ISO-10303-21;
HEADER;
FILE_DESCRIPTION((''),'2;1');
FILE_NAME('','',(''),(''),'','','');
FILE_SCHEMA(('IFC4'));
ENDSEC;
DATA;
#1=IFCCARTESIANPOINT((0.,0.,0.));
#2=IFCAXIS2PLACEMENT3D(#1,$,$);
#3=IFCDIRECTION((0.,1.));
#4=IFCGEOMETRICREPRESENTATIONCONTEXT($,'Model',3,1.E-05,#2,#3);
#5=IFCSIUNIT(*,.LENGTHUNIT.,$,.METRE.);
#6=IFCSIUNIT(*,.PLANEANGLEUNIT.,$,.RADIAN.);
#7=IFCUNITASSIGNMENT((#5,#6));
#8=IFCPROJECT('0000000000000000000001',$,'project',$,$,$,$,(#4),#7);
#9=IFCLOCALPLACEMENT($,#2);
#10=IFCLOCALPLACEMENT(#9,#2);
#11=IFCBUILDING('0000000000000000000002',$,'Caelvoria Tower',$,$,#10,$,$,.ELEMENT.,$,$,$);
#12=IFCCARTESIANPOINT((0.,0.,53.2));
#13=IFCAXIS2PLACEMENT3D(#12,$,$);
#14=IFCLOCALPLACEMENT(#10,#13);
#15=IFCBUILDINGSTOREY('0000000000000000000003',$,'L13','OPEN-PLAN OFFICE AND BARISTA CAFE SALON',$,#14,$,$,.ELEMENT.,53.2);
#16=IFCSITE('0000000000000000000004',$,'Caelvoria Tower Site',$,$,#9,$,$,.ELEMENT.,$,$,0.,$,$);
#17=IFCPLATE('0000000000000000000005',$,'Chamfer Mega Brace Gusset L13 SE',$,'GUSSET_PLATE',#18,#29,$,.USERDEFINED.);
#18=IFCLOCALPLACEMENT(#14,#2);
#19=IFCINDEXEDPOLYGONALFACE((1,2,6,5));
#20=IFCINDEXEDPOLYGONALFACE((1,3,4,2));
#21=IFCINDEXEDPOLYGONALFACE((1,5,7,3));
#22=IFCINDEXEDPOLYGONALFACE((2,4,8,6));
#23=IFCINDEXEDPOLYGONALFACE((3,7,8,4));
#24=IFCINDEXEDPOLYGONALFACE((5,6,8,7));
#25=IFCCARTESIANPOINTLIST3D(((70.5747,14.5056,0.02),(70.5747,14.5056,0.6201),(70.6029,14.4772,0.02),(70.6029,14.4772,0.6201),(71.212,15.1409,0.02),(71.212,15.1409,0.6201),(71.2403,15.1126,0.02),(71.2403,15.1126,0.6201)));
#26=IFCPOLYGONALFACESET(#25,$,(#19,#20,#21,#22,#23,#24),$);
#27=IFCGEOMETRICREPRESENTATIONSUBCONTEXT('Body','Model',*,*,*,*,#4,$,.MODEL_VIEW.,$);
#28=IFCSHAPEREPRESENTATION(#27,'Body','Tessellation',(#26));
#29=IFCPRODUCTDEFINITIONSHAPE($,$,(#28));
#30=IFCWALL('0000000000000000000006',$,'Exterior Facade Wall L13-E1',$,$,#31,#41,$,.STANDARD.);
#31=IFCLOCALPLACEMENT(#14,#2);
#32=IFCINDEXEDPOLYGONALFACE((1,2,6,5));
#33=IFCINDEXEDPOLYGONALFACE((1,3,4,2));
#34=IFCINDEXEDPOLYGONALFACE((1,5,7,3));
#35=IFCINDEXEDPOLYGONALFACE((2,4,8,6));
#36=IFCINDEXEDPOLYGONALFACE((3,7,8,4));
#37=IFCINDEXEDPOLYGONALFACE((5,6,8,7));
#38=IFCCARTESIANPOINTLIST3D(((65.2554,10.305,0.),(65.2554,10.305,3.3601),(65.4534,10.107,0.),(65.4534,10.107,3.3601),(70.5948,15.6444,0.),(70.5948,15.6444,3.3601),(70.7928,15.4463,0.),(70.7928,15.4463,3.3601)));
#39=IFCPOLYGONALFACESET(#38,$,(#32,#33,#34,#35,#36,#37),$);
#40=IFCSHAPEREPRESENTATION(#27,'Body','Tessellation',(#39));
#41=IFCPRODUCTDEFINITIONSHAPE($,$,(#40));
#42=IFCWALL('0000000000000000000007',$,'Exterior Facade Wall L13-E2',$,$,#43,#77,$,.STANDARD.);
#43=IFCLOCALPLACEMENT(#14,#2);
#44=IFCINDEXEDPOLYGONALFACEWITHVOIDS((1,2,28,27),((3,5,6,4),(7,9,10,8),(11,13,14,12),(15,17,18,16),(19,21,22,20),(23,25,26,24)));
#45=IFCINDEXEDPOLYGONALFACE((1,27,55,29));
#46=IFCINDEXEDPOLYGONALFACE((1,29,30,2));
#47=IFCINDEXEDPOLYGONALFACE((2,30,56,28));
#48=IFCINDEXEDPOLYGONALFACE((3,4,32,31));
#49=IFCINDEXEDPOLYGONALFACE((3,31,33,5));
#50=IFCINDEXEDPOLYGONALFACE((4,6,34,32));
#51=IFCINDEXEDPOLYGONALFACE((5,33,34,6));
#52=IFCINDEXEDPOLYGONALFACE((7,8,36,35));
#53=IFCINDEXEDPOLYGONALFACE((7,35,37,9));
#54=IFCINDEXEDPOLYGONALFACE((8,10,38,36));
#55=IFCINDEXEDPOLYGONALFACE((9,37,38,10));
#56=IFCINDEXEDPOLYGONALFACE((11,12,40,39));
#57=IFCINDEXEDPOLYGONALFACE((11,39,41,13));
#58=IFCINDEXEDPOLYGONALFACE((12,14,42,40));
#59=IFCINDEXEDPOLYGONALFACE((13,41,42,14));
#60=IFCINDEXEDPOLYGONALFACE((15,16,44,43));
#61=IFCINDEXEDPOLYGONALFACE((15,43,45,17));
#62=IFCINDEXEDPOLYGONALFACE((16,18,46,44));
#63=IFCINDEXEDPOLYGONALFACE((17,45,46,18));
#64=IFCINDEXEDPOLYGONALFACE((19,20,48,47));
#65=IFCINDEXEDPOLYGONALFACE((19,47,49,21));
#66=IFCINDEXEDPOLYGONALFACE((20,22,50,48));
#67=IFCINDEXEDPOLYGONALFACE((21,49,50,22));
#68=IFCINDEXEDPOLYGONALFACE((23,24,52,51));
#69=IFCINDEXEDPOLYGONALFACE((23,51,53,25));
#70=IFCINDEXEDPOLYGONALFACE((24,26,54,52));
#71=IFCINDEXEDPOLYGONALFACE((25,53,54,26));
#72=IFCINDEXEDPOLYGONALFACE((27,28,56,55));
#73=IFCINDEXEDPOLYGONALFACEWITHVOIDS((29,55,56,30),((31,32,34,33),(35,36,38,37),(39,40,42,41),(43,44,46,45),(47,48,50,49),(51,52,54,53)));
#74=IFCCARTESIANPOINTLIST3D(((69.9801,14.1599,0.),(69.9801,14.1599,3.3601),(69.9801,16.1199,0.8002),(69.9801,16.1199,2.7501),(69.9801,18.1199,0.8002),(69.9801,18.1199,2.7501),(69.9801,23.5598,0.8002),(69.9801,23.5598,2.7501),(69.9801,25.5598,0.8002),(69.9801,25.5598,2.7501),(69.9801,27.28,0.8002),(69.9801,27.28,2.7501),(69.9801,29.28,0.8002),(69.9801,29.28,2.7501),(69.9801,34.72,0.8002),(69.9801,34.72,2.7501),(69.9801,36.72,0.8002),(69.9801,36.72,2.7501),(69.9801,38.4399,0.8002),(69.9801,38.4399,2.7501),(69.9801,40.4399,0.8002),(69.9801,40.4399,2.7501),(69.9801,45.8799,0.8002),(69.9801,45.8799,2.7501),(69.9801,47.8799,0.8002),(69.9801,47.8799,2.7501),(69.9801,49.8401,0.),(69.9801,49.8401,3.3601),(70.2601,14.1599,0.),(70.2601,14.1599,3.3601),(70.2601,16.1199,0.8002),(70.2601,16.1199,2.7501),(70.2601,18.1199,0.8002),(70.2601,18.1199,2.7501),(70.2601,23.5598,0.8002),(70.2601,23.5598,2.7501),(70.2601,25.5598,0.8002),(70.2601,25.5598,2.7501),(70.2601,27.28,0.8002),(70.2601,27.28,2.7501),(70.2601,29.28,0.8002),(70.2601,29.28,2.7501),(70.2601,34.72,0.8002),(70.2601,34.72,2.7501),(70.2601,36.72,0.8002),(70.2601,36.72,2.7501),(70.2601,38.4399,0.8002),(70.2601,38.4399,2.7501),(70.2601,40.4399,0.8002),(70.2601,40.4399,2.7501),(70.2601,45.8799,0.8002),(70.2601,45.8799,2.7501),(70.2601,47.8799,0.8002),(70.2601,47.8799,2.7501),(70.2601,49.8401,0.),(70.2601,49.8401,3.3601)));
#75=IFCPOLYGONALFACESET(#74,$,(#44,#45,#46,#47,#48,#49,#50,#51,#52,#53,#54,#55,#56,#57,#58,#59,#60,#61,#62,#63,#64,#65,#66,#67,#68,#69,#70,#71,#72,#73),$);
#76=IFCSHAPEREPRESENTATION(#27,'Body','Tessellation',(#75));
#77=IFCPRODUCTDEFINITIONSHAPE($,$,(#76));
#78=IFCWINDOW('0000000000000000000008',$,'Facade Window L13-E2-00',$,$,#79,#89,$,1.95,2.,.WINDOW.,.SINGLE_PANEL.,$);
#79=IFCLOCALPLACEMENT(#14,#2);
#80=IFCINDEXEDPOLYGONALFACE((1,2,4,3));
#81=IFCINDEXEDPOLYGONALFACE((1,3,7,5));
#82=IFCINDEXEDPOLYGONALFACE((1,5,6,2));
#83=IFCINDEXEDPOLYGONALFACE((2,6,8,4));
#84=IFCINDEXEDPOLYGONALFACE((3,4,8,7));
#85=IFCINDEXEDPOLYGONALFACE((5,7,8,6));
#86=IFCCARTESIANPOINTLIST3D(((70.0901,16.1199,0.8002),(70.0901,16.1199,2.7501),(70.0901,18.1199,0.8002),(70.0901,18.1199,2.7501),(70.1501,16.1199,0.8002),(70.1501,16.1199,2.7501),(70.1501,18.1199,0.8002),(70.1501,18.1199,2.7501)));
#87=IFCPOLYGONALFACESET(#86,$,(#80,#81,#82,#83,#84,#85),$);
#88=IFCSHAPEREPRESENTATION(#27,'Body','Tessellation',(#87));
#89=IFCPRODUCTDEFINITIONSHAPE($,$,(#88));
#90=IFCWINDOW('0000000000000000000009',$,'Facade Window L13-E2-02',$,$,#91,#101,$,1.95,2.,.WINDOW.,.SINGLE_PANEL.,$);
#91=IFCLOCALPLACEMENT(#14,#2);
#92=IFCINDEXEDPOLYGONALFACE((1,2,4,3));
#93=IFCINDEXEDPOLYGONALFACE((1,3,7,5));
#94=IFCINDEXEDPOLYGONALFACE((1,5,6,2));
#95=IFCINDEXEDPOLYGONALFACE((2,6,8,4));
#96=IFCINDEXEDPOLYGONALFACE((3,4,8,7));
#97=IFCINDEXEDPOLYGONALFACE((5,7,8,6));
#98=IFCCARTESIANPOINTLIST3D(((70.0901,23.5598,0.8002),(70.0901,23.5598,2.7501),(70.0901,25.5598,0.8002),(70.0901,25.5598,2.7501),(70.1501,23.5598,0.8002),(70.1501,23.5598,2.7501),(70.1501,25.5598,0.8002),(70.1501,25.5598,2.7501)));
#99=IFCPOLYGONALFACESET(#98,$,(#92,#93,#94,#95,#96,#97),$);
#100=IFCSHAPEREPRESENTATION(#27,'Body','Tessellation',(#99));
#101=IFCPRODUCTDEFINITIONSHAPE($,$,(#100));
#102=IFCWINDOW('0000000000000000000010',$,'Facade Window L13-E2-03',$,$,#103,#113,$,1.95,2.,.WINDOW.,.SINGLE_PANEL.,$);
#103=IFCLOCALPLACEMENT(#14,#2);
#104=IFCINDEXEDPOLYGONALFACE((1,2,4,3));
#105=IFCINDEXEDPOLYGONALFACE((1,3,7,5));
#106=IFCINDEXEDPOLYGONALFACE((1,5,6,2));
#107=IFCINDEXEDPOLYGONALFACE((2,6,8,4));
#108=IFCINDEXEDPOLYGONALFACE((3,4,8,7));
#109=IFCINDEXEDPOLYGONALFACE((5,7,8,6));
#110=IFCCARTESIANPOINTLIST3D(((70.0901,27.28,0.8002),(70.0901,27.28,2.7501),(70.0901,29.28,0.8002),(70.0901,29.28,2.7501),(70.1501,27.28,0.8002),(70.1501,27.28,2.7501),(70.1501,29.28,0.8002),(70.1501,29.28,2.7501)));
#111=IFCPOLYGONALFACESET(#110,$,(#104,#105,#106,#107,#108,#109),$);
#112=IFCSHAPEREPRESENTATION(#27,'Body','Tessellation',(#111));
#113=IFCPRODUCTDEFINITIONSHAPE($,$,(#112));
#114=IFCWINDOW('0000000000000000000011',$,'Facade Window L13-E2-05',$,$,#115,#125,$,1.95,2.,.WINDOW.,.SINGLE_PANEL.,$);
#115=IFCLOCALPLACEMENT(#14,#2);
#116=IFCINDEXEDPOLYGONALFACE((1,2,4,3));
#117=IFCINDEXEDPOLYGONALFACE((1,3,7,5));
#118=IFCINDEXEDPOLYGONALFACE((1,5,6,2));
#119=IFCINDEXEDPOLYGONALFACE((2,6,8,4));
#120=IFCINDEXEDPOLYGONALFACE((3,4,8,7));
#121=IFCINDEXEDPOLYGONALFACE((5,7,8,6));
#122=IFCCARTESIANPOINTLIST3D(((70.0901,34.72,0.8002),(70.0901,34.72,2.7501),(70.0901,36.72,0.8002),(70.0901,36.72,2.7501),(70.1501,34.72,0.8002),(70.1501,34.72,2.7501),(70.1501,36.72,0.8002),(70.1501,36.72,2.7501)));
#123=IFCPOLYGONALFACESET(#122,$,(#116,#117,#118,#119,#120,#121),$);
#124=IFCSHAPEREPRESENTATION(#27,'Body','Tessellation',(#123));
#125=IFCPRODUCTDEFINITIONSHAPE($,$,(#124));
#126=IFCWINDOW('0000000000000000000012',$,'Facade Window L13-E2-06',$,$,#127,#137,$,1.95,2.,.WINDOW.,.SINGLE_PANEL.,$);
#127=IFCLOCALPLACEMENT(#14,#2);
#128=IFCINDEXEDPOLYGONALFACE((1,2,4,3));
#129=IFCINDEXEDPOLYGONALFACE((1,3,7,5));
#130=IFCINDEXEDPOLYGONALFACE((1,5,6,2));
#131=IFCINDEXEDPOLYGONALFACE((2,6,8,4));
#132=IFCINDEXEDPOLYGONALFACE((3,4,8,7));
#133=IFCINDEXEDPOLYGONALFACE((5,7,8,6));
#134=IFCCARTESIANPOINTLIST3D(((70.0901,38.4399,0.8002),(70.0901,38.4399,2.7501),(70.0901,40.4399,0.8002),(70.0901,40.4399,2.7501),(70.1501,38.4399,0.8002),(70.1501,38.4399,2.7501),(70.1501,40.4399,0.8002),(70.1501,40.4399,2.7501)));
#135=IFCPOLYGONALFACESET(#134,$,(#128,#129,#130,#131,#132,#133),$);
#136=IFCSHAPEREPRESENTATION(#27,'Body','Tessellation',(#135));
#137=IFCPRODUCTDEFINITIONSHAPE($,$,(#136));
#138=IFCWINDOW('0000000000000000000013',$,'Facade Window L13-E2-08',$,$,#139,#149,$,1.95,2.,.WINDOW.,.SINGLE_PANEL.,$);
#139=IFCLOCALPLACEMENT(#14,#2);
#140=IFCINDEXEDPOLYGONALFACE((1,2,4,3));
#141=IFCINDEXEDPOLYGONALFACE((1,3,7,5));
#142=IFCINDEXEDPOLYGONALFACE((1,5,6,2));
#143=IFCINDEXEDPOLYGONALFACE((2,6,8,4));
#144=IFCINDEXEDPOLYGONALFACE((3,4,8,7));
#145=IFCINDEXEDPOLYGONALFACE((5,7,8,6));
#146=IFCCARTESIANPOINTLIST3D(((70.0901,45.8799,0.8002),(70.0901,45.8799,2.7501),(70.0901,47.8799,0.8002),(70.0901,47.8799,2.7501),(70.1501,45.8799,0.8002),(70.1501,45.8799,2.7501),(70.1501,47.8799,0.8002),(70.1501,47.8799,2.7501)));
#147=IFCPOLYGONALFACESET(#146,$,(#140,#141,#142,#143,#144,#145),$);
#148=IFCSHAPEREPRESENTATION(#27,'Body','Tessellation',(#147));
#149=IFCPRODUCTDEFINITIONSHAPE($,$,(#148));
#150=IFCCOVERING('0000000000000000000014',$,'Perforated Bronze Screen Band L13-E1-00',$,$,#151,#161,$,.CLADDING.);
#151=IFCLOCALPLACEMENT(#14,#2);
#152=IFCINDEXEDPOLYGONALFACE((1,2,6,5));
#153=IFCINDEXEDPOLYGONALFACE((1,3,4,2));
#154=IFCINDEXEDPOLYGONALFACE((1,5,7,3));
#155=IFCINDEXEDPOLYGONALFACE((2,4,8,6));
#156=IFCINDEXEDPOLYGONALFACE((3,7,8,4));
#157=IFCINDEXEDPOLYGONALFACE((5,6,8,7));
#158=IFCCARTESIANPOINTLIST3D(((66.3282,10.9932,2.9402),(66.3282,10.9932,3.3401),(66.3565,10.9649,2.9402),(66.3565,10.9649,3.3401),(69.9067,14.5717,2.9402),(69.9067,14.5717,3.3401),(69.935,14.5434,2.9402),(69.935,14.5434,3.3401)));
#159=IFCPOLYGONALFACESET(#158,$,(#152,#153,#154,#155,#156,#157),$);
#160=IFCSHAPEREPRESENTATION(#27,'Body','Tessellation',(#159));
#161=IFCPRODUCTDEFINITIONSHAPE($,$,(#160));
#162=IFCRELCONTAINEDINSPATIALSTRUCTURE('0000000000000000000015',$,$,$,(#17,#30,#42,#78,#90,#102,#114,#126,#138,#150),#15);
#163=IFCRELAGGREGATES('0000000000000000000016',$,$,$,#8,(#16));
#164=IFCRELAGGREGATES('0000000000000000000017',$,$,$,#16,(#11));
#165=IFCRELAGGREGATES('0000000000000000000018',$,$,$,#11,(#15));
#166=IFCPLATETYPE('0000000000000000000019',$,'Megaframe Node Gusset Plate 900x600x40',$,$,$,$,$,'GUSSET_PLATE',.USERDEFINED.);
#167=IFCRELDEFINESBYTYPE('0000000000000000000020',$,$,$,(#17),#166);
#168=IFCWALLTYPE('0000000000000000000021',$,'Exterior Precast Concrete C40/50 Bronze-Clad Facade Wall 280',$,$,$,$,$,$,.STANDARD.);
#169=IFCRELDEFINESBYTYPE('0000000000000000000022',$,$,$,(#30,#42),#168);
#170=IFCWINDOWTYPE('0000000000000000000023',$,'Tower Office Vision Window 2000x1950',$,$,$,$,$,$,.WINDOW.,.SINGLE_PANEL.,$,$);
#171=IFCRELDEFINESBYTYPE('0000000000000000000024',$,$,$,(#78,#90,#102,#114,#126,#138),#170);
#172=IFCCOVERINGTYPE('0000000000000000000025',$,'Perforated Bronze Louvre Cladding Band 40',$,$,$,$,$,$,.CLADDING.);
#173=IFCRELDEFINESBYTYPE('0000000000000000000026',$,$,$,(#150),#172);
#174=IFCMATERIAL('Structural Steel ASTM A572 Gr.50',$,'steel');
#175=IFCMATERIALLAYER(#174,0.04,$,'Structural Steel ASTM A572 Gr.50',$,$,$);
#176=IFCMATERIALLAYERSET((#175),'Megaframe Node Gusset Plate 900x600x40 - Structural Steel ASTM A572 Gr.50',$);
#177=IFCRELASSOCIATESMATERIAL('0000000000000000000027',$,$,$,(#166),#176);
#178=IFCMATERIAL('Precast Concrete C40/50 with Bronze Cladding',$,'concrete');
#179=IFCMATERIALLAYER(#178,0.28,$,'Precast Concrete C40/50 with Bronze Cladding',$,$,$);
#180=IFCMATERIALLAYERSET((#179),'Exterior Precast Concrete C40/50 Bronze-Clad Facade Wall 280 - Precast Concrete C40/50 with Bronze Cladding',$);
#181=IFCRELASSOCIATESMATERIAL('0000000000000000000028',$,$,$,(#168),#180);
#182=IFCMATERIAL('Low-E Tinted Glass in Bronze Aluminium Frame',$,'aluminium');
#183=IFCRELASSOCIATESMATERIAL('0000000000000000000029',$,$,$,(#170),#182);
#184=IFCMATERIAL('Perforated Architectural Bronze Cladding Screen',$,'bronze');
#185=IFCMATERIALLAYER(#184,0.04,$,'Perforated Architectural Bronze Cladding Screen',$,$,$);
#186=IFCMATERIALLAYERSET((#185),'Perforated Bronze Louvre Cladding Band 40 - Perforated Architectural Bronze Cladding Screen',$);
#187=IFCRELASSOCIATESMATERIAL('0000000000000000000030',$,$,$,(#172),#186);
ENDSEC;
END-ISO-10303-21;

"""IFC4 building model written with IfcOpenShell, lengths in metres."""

from ifc_helpers import new_model, si_unit, direction, frame, frame_2d, origin, origin_2d, place, context, subcontext, project, spatial, rectangle, extrude, material, layer, layer_set, type_object, element, fill, save


model = new_model("IFC4")

# Units and contexts
model_context = context("Model", 3, precision=1e-05, world=origin(), true_north=direction((0.0, 1.0)))
body_context = subcontext(model_context, "Body", "Model", "MODEL_VIEW")
ifc_project = project(units=[si_unit("LENGTHUNIT", "METRE"), si_unit("PLANEANGLEUNIT", "RADIAN")], contexts=[model_context])

# Site, building, storey
site_placement = place(None, origin())
site = spatial("IfcSite", under=ifc_project, at=site_placement, Name="Caelvoria Tower Site", CompositionType="ELEMENT", RefElevation=0.0)
building_placement = place(site_placement, origin())
building = spatial("IfcBuilding", under=site, at=building_placement, Name="Caelvoria Tower", CompositionType="ELEMENT")
storey_placement = place(building_placement, frame((0.0, 0.0, 53.2)))
storey = spatial("IfcBuildingStorey", under=building, at=storey_placement, Name="L13", Description="OPEN-PLAN OFFICE AND BARISTA CAFE SALON", CompositionType="ELEMENT", Elevation=53.2)

# Shared definitions
ifc_material_1 = material(Name="Structural Steel ASTM A572 Gr.50", Category="steel")

# Plate
ifc_layer_1 = layer(ifc_material_1, 0.04, Name="Structural Steel ASTM A572 Gr.50")
ifc_layer_set_1 = layer_set([ifc_layer_1], Name="Megaframe Node Gusset Plate 900x600x40 - Structural Steel ASTM A572 Gr.50")
plate_type = type_object("IfcPlateType", Name="Megaframe Node Gusset Plate 900x600x40", ElementType="GUSSET_PLATE", PredefinedType="USERDEFINED", material=ifc_layer_set_1)
plate_placement = place(storey_placement, frame((70.9075, 14.8091, 0.02), z_axis=(0.0, 0.0, 1.0), x_axis=(-0.70822, -0.705991, 0.0)))
element("IfcPlate", 1, at=plate_placement, inside=storey, type_object=plate_type, Name="Chamfer Mega Brace Gusset L13 SE", ObjectType="GUSSET_PLATE", PredefinedType="USERDEFINED", context=body_context, shape_type="SweptSolid", body=[
    extrude(rectangle(XDim=0.8999, YDim=0.04, at=origin_2d()), origin(), (0.0, 0.0, 1.0), 0.6001),
])

# Wall
ifc_material_2 = material(Name="Precast Concrete C40/50 with Bronze Cladding", Category="concrete")
ifc_layer_2 = layer(ifc_material_2, 0.28, Name="Precast Concrete C40/50 with Bronze Cladding")
ifc_layer_set_2 = layer_set([ifc_layer_2], Name="Exterior Precast Concrete C40/50 Bronze-Clad Facade Wall 280 - Precast Concrete C40/50 with Bronze Cladding")
wall_type = type_object("IfcWallType", Name="Exterior Precast Concrete C40/50 Bronze-Clad Facade Wall 280", PredefinedType="STANDARD", material=ifc_layer_set_2)
wall_1_placement = place(storey_placement, frame((65.3545, 10.2061, 0.0), z_axis=(0.0, 0.0, 1.0), x_axis=(0.707107, 0.707107, 0.0)))
element("IfcWall", 2, at=wall_1_placement, inside=storey, type_object=wall_type, Name="Exterior Facade Wall L13-E1", PredefinedType="STANDARD", context=body_context, shape_type="SweptSolid", body=[
    extrude(rectangle(XDim=7.551, YDim=0.28, at=frame_2d((3.7754, 0.0))), origin(), (0.0, 0.0, 1.0), 3.3601),
])

# Wall, openings, windows
wall_2_placement = place(storey_placement, frame((70.1201, 14.1599, 0.0), z_axis=(0.0, 0.0, 1.0), x_axis=(0.0, 1.0, 0.0)))
wall_2 = element("IfcWall", 3, at=wall_2_placement, inside=storey, type_object=wall_type, Name="Exterior Facade Wall L13-E2", PredefinedType="STANDARD", context=body_context, shape_type="SweptSolid", body=[
    extrude(rectangle(XDim=35.6802, YDim=0.28, at=frame_2d((17.8401, 0.0))), origin(), (0.0, 0.0, 1.0), 3.3601),
])
opening_1_placement = place(wall_2_placement, frame((1.96, 0.0, 0.8)))
opening_1 = element("IfcOpeningElement", 4, at=opening_1_placement, cuts=wall_2, PredefinedType="OPENING", context=body_context, shape_type="SweptSolid", body=[
    extrude(rectangle(XDim=2.0, YDim=1.95, at=frame_2d((1.0, 0.9751))), frame((0.0, 0.1499, 0.0), z_axis=(0.0, -1.0, 0.0), x_axis=(1.0, 0.0, 0.0)), (0.0, 0.0, 1.0), 0.3),
])
opening_2_placement = place(wall_2_placement, frame((9.3999, 0.0, 0.8)))
opening_2 = element("IfcOpeningElement", 5, at=opening_2_placement, cuts=wall_2, PredefinedType="OPENING", context=body_context, shape_type="SweptSolid", body=[
    extrude(rectangle(XDim=2.0, YDim=1.95, at=frame_2d((1.0, 0.9751))), frame((0.0, 0.1499, 0.0), z_axis=(0.0, -1.0, 0.0), x_axis=(1.0, 0.0, 0.0)), (0.0, 0.0, 1.0), 0.3),
])
opening_3_placement = place(wall_2_placement, frame((13.1201, 0.0, 0.8)))
opening_3 = element("IfcOpeningElement", 6, at=opening_3_placement, cuts=wall_2, PredefinedType="OPENING", context=body_context, shape_type="SweptSolid", body=[
    extrude(rectangle(XDim=2.0, YDim=1.95, at=frame_2d((1.0, 0.9751))), frame((0.0, 0.1499, 0.0), z_axis=(0.0, -1.0, 0.0), x_axis=(1.0, 0.0, 0.0)), (0.0, 0.0, 1.0), 0.3),
])
opening_4_placement = place(wall_2_placement, frame((20.5601, 0.0, 0.8)))
opening_4 = element("IfcOpeningElement", 7, at=opening_4_placement, cuts=wall_2, PredefinedType="OPENING", context=body_context, shape_type="SweptSolid", body=[
    extrude(rectangle(XDim=2.0, YDim=1.95, at=frame_2d((1.0, 0.9751))), frame((0.0, 0.1499, 0.0), z_axis=(0.0, -1.0, 0.0), x_axis=(1.0, 0.0, 0.0)), (0.0, 0.0, 1.0), 0.3),
])
opening_5_placement = place(wall_2_placement, frame((24.28, 0.0, 0.8)))
opening_5 = element("IfcOpeningElement", 8, at=opening_5_placement, cuts=wall_2, PredefinedType="OPENING", context=body_context, shape_type="SweptSolid", body=[
    extrude(rectangle(XDim=2.0, YDim=1.95, at=frame_2d((1.0, 0.9751))), frame((0.0, 0.1499, 0.0), z_axis=(0.0, -1.0, 0.0), x_axis=(1.0, 0.0, 0.0)), (0.0, 0.0, 1.0), 0.3),
])
opening_6_placement = place(wall_2_placement, frame((31.72, 0.0, 0.8)))
opening_6 = element("IfcOpeningElement", 9, at=opening_6_placement, cuts=wall_2, PredefinedType="OPENING", context=body_context, shape_type="SweptSolid", body=[
    extrude(rectangle(XDim=2.0, YDim=1.95, at=frame_2d((1.0, 0.9751))), frame((0.0, 0.1499, 0.0), z_axis=(0.0, -1.0, 0.0), x_axis=(1.0, 0.0, 0.0)), (0.0, 0.0, 1.0), 0.3),
])
ifc_material_3 = material(Name="Low-E Tinted Glass in Bronze Aluminium Frame", Category="aluminium")
window_type = type_object("IfcWindowType", Name="Tower Office Vision Window 2000x1950", PartitioningType="SINGLE_PANEL", PredefinedType="WINDOW", material=ifc_material_3)
window_1_placement = place(opening_1_placement, origin())
window_1 = element("IfcWindow", 10, at=window_1_placement, inside=storey, type_object=window_type, Name="Facade Window L13-E2-00", OverallHeight=1.95, OverallWidth=2.0, PartitioningType="SINGLE_PANEL", PredefinedType="WINDOW", context=body_context, shape_type="SweptSolid", body=[
    extrude(rectangle(XDim=2.0, YDim=1.95, at=frame_2d((1.0, 0.9751))), frame((0.0, 0.03, 0.0), z_axis=(0.0, -1.0, 0.0), x_axis=(1.0, 0.0, 0.0)), (0.0, 0.0, 1.0), 0.0601),
])
fill(opening_1, window_1)
window_2_placement = place(opening_2_placement, origin())
window_2 = element("IfcWindow", 11, at=window_2_placement, inside=storey, type_object=window_type, Name="Facade Window L13-E2-02", OverallHeight=1.95, OverallWidth=2.0, PartitioningType="SINGLE_PANEL", PredefinedType="WINDOW", context=body_context, shape_type="SweptSolid", body=[
    extrude(rectangle(XDim=2.0, YDim=1.95, at=frame_2d((1.0, 0.9751))), frame((0.0, 0.03, 0.0), z_axis=(0.0, -1.0, 0.0), x_axis=(1.0, 0.0, 0.0)), (0.0, 0.0, 1.0), 0.0601),
])
fill(opening_2, window_2)
window_3_placement = place(opening_3_placement, origin())
window_3 = element("IfcWindow", 12, at=window_3_placement, inside=storey, type_object=window_type, Name="Facade Window L13-E2-03", OverallHeight=1.95, OverallWidth=2.0, PartitioningType="SINGLE_PANEL", PredefinedType="WINDOW", context=body_context, shape_type="SweptSolid", body=[
    extrude(rectangle(XDim=2.0, YDim=1.95, at=frame_2d((1.0, 0.9751))), frame((0.0, 0.03, 0.0), z_axis=(0.0, -1.0, 0.0), x_axis=(1.0, 0.0, 0.0)), (0.0, 0.0, 1.0), 0.0601),
])
fill(opening_3, window_3)
window_4_placement = place(opening_4_placement, origin())
window_4 = element("IfcWindow", 13, at=window_4_placement, inside=storey, type_object=window_type, Name="Facade Window L13-E2-05", OverallHeight=1.95, OverallWidth=2.0, PartitioningType="SINGLE_PANEL", PredefinedType="WINDOW", context=body_context, shape_type="SweptSolid", body=[
    extrude(rectangle(XDim=2.0, YDim=1.95, at=frame_2d((1.0, 0.9751))), frame((0.0, 0.03, 0.0), z_axis=(0.0, -1.0, 0.0), x_axis=(1.0, 0.0, 0.0)), (0.0, 0.0, 1.0), 0.0601),
])
fill(opening_4, window_4)
window_5_placement = place(opening_5_placement, origin())
window_5 = element("IfcWindow", 14, at=window_5_placement, inside=storey, type_object=window_type, Name="Facade Window L13-E2-06", OverallHeight=1.95, OverallWidth=2.0, PartitioningType="SINGLE_PANEL", PredefinedType="WINDOW", context=body_context, shape_type="SweptSolid", body=[
    extrude(rectangle(XDim=2.0, YDim=1.95, at=frame_2d((1.0, 0.9751))), frame((0.0, 0.03, 0.0), z_axis=(0.0, -1.0, 0.0), x_axis=(1.0, 0.0, 0.0)), (0.0, 0.0, 1.0), 0.0601),
])
fill(opening_5, window_5)
window_6_placement = place(opening_6_placement, origin())
window_6 = element("IfcWindow", 15, at=window_6_placement, inside=storey, type_object=window_type, Name="Facade Window L13-E2-08", OverallHeight=1.95, OverallWidth=2.0, PartitioningType="SINGLE_PANEL", PredefinedType="WINDOW", context=body_context, shape_type="SweptSolid", body=[
    extrude(rectangle(XDim=2.0, YDim=1.95, at=frame_2d((1.0, 0.9751))), frame((0.0, 0.03, 0.0), z_axis=(0.0, -1.0, 0.0), x_axis=(1.0, 0.0, 0.0)), (0.0, 0.0, 1.0), 0.0601),
])
fill(opening_6, window_6)

# Covering
ifc_material_4 = material(Name="Perforated Architectural Bronze Cladding Screen", Category="bronze")
ifc_layer_3 = layer(ifc_material_4, 0.04, Name="Perforated Architectural Bronze Cladding Screen")
ifc_layer_set_3 = layer_set([ifc_layer_3], Name="Perforated Bronze Louvre Cladding Band 40 - Perforated Architectural Bronze Cladding Screen")
covering_type = type_object("IfcCoveringType", Name="Perforated Bronze Louvre Cladding Band 40", PredefinedType="CLADDING", material=ifc_layer_set_3)
covering_placement = place(storey_placement, frame((68.1316, 12.7683, 2.9402), z_axis=(0.0, 0.0, 1.0), x_axis=(0.707107, 0.707107, 0.0)))
element("IfcCovering", 16, at=covering_placement, inside=storey, type_object=covering_type, Name="Perforated Bronze Screen Band L13-E1-00", PredefinedType="CLADDING", context=body_context, shape_type="SweptSolid", body=[
    extrude(rectangle(XDim=5.0608, YDim=0.04, at=origin_2d()), origin(), (0.0, 0.0, 1.0), 0.3999),
])

save(model, "model.ifc")
